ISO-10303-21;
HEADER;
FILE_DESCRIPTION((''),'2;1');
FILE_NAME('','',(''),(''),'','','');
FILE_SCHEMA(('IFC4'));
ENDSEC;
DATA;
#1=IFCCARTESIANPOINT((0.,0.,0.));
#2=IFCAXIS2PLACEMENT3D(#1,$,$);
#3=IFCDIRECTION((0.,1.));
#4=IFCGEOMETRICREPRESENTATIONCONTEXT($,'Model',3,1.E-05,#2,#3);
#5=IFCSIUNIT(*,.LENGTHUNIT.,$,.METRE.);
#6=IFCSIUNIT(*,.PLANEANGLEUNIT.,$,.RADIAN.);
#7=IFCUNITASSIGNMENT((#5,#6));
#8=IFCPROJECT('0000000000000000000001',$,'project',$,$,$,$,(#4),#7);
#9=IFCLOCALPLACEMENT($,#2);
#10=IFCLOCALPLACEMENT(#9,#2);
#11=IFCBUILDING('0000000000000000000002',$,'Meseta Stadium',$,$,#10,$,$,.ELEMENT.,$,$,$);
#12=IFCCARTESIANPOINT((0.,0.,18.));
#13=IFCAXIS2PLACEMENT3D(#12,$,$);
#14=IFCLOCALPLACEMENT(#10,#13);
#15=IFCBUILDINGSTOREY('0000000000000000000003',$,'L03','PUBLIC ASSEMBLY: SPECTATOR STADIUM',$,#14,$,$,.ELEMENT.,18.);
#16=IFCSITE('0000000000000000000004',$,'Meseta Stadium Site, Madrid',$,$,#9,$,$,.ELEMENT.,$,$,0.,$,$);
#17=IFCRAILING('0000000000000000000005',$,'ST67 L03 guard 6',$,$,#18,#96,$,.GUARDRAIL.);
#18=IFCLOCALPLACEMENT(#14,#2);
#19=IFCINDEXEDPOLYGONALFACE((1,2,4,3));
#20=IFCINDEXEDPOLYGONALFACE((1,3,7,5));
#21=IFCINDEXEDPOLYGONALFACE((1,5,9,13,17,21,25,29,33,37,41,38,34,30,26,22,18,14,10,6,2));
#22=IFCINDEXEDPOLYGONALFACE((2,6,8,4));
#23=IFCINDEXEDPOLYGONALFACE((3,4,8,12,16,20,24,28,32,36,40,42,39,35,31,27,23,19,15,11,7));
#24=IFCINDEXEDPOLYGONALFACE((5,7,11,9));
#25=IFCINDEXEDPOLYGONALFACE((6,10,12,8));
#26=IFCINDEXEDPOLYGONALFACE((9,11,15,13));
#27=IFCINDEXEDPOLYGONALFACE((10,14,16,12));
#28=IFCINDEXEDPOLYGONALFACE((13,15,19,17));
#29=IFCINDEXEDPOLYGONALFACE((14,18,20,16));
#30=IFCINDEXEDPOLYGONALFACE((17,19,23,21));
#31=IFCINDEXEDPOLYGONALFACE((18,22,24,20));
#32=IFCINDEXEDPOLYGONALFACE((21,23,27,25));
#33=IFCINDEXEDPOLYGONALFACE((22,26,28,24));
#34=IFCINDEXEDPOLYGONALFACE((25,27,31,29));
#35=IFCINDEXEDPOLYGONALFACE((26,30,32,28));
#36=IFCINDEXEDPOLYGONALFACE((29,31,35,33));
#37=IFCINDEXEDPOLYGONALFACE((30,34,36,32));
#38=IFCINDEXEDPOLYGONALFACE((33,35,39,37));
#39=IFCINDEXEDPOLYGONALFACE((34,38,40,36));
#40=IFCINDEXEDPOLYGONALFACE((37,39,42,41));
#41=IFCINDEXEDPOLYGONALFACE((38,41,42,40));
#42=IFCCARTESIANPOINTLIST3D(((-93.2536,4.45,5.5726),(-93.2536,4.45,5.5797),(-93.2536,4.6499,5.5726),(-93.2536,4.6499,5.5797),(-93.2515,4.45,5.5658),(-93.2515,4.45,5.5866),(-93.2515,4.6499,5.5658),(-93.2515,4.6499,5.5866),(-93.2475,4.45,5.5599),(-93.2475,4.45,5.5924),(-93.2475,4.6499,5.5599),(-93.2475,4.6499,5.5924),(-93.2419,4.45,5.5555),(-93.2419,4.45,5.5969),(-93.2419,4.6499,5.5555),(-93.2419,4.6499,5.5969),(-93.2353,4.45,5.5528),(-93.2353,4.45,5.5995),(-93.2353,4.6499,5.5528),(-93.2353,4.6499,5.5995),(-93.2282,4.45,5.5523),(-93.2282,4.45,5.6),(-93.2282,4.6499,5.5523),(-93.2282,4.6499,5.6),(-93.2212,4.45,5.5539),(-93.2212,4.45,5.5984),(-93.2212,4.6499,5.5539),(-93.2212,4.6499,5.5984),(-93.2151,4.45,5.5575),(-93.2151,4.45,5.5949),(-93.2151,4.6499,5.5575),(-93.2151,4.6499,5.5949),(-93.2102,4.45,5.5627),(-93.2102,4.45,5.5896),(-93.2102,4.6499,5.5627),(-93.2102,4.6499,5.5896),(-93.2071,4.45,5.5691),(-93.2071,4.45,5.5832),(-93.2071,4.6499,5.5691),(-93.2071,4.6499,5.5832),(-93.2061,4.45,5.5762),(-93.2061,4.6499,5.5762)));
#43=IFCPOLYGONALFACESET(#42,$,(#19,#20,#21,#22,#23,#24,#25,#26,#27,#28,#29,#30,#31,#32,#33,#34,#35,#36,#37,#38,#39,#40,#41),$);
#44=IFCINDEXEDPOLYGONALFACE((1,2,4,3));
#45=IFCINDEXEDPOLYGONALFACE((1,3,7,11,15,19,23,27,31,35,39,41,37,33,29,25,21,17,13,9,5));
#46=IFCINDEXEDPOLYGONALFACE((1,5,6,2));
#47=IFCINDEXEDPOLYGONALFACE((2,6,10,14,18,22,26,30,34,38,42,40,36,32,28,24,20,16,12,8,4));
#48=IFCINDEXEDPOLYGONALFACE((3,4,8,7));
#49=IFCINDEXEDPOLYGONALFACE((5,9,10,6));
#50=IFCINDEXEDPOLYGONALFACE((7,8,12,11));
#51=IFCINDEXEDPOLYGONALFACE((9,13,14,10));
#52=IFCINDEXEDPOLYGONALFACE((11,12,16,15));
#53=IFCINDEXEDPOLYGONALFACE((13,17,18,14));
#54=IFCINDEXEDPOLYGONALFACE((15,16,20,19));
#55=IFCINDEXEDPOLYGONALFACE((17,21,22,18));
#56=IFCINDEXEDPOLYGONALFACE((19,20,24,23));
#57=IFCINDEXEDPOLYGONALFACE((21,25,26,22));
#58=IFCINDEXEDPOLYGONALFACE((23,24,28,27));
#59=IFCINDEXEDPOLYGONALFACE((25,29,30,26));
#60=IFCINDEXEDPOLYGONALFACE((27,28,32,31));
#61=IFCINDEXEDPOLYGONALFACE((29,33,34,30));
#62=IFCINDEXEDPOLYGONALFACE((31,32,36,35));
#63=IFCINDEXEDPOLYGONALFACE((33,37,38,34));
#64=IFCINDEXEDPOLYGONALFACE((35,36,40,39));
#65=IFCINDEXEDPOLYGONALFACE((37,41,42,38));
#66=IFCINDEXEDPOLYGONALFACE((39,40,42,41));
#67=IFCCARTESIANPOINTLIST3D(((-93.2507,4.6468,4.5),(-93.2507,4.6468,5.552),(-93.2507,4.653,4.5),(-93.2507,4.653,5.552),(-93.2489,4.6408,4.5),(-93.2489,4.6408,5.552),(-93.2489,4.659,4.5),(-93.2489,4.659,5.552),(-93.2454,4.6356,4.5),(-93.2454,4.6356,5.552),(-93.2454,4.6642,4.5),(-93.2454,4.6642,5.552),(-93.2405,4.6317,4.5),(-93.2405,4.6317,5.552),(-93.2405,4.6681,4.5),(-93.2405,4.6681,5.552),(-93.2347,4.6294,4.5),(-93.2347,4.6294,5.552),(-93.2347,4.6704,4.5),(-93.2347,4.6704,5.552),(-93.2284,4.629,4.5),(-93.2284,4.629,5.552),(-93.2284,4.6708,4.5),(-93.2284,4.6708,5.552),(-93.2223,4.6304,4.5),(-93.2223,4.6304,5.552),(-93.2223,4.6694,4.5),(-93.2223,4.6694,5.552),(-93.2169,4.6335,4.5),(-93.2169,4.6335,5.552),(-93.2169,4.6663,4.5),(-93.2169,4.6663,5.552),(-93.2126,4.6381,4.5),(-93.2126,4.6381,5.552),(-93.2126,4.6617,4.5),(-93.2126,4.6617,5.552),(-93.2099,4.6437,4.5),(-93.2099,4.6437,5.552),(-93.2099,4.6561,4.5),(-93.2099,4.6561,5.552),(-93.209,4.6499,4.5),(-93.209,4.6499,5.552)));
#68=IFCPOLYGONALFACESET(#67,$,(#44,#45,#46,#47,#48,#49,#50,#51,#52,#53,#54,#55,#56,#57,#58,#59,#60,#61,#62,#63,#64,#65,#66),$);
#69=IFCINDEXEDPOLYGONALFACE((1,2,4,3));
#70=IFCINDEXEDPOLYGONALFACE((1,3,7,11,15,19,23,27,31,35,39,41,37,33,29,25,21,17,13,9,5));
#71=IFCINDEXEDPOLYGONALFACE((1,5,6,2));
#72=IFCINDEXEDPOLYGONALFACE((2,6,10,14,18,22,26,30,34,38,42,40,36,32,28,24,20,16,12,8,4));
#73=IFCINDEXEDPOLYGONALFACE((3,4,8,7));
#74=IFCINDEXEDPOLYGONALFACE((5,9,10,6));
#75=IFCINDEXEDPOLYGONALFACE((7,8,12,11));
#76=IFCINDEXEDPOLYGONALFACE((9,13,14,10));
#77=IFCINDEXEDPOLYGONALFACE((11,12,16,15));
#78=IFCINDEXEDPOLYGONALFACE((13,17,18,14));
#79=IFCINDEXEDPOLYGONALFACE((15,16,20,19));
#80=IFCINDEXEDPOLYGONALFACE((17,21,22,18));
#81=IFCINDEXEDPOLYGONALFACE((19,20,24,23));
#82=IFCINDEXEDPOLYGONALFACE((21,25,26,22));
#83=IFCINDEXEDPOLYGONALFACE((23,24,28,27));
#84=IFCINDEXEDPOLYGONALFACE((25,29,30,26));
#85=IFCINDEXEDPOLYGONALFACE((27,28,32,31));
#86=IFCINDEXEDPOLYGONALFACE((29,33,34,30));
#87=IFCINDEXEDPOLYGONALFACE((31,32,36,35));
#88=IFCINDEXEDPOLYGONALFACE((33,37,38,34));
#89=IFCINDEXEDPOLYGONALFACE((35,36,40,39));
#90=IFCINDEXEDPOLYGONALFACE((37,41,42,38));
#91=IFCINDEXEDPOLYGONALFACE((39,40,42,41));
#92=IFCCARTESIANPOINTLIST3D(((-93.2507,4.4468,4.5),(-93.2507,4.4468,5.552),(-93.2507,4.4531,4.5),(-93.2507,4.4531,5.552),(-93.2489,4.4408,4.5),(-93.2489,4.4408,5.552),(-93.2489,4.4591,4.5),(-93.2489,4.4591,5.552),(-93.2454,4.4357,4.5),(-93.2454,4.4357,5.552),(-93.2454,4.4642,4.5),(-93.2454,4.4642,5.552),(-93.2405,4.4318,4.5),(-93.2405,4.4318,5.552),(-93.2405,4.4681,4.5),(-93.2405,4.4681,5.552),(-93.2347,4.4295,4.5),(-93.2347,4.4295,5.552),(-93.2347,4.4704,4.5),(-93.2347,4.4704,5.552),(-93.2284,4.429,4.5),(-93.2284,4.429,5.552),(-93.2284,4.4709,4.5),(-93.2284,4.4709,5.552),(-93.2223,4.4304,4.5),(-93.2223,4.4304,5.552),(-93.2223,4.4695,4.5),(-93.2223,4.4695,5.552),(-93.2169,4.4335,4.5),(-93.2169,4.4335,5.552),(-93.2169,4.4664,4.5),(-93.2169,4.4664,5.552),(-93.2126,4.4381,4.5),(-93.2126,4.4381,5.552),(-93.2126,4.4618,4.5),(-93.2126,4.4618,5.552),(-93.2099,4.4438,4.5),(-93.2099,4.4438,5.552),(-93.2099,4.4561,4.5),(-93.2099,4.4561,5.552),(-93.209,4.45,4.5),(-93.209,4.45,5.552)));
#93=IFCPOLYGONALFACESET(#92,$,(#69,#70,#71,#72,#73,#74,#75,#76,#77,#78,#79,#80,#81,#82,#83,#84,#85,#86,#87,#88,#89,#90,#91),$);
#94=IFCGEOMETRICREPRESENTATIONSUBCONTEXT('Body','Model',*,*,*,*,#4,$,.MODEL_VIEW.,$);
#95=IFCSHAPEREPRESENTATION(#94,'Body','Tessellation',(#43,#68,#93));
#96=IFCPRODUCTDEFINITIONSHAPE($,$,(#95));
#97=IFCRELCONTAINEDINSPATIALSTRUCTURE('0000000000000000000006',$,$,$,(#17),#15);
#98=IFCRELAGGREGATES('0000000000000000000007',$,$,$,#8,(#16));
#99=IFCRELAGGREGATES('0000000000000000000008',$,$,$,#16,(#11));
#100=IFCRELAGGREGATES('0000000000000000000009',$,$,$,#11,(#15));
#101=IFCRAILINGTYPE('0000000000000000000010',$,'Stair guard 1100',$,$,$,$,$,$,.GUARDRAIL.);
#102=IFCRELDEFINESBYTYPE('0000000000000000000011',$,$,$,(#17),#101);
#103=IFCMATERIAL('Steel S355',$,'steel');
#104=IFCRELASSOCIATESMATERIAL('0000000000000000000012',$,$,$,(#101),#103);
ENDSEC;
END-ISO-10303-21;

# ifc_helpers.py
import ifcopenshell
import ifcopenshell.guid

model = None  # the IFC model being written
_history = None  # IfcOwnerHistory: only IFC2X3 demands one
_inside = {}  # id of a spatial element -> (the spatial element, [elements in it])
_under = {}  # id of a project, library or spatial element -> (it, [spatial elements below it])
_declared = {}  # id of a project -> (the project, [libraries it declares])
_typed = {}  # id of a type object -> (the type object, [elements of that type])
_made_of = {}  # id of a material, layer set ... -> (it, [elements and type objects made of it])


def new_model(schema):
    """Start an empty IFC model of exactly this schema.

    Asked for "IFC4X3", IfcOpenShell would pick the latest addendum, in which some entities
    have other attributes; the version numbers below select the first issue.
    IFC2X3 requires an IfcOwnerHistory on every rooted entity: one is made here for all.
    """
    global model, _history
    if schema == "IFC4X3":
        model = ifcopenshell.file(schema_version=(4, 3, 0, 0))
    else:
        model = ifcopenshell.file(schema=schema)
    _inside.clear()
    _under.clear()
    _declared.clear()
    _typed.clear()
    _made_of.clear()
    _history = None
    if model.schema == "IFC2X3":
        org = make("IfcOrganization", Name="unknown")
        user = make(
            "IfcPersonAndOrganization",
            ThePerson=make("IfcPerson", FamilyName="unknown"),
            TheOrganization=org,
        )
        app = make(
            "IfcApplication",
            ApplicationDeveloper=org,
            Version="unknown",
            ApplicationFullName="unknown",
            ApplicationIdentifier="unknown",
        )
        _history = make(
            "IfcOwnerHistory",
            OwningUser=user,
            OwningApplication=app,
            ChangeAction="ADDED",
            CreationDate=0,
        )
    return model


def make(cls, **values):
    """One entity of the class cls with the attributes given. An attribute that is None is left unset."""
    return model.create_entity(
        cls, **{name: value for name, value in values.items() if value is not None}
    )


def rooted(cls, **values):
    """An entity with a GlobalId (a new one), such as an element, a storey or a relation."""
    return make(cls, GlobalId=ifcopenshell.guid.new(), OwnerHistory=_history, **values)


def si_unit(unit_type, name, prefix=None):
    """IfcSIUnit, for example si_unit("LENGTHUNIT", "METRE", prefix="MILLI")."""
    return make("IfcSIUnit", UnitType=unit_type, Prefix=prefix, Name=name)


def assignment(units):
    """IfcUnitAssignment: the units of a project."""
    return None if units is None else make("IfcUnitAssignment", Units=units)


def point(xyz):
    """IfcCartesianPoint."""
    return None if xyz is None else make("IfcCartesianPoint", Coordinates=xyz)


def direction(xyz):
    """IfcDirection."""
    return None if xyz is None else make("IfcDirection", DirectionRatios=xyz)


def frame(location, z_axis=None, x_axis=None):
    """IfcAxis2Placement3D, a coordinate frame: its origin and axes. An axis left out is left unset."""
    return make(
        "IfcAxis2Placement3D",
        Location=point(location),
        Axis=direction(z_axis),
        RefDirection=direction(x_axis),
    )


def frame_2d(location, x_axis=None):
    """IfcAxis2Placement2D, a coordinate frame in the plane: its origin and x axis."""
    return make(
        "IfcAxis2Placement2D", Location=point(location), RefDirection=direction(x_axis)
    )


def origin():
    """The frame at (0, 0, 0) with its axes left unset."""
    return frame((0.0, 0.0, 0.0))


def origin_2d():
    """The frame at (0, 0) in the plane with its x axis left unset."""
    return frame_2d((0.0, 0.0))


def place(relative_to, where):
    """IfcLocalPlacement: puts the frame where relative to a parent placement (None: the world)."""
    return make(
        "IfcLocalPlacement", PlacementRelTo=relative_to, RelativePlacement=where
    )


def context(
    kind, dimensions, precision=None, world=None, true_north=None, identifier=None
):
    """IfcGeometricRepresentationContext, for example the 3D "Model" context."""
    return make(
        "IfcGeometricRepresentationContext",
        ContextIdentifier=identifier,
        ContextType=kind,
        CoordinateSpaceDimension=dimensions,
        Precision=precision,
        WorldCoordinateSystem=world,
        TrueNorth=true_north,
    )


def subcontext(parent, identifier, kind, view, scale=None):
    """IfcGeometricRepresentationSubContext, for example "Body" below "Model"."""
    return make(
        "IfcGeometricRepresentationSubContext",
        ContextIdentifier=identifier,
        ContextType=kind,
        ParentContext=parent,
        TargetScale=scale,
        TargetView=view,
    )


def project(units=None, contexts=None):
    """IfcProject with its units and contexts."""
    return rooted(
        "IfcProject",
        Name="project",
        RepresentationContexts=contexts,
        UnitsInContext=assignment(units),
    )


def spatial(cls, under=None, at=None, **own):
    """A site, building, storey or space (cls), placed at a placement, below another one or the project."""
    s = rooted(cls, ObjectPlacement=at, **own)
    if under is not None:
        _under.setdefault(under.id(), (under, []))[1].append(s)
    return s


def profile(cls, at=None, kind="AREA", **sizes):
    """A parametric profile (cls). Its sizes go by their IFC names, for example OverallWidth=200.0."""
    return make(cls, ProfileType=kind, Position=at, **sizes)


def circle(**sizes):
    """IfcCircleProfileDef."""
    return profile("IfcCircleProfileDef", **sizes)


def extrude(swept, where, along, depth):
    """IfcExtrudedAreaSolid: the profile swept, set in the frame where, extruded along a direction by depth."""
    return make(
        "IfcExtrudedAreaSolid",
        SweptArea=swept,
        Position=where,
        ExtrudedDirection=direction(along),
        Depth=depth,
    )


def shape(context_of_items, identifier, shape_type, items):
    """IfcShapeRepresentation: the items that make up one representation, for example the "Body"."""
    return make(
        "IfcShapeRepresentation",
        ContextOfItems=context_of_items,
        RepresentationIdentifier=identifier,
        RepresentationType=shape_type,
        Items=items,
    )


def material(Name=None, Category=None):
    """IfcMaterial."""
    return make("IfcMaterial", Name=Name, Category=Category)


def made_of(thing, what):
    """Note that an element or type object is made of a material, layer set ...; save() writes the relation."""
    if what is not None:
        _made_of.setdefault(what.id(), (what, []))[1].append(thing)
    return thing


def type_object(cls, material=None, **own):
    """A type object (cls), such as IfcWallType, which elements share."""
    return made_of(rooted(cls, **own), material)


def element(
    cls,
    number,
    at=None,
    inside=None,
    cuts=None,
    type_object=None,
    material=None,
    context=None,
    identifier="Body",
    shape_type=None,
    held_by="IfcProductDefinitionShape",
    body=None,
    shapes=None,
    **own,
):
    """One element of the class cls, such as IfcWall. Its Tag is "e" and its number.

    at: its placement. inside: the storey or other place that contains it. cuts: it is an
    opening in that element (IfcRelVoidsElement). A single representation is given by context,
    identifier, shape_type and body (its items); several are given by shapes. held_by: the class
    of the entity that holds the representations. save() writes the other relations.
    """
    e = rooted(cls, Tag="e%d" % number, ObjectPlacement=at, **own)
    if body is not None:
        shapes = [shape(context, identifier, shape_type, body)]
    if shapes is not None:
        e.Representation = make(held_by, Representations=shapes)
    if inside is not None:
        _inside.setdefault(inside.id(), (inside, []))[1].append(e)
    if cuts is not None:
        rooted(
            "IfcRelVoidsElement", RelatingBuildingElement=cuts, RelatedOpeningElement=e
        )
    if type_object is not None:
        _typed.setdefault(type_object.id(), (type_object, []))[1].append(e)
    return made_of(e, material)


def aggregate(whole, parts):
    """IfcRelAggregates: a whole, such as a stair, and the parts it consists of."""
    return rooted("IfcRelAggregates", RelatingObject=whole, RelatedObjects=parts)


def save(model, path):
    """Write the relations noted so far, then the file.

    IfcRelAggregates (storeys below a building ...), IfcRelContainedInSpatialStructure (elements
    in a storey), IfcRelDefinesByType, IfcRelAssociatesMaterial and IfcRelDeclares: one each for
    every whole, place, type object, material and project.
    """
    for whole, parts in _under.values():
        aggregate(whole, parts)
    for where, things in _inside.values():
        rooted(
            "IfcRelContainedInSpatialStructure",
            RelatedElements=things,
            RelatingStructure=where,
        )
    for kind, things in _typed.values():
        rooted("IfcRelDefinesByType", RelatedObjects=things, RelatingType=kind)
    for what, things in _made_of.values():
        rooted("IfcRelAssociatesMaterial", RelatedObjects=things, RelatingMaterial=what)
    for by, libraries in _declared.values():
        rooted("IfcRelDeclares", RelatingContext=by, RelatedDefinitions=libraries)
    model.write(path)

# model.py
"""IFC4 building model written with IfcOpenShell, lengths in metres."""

from ifc_helpers import new_model, si_unit, direction, frame, origin, origin_2d, place, context, subcontext, project, spatial, circle, extrude, material, type_object, element, save


model = new_model("IFC4")

# Units and contexts
model_context = context("Model", 3, precision=1e-05, world=origin(), true_north=direction((0.0, 1.0)))
body_context = subcontext(model_context, "Body", "Model", "MODEL_VIEW")
ifc_project = project(units=[si_unit("LENGTHUNIT", "METRE"), si_unit("PLANEANGLEUNIT", "RADIAN")], contexts=[model_context])

# Site, building, storey
site_placement = place(None, origin())
site = spatial("IfcSite", under=ifc_project, at=site_placement, Name="Meseta Stadium Site, Madrid", CompositionType="ELEMENT", RefElevation=0.0)
building_placement = place(site_placement, origin())
building = spatial("IfcBuilding", under=site, at=building_placement, Name="Meseta Stadium", CompositionType="ELEMENT")
storey_placement = place(building_placement, frame((0.0, 0.0, 18.0)))
storey = spatial("IfcBuildingStorey", under=building, at=storey_placement, Name="L03", Description="PUBLIC ASSEMBLY: SPECTATOR STADIUM", CompositionType="ELEMENT", Elevation=18.0)

# Railing
ifc_material_1 = material(Name="Steel S355", Category="steel")
railing_type_1 = type_object("IfcRailingType", Name="Stair guard 1100", PredefinedType="GUARDRAIL", material=ifc_material_1)
railing_1_placement = place(storey_placement, frame((-93.23, 4.6499, 4.5)))
element("IfcRailing", 1, at=railing_1_placement, inside=storey, type_object=railing_type_1, Name="ST67 L03 guard 6", PredefinedType="GUARDRAIL", context=body_context, shape_type="SweptSolid", body=[
    extrude(circle(Radius=0.0239, at=origin_2d()), frame((0.0, 0.0, 1.0762), z_axis=(0.0, -1.0, 0.0), x_axis=(1.0, 0.0, 0.0)), (0.0, 0.0, 1.0), 0.2),
    extrude(circle(Radius=0.021, at=origin_2d()), origin(), (0.0, 0.0, 1.0), 1.052),
    extrude(circle(Radius=0.021, at=origin_2d()), frame((0.0, -0.2, 0.0)), (0.0, 0.0, 1.0), 1.052),
])

save(model, "model.ifc")
